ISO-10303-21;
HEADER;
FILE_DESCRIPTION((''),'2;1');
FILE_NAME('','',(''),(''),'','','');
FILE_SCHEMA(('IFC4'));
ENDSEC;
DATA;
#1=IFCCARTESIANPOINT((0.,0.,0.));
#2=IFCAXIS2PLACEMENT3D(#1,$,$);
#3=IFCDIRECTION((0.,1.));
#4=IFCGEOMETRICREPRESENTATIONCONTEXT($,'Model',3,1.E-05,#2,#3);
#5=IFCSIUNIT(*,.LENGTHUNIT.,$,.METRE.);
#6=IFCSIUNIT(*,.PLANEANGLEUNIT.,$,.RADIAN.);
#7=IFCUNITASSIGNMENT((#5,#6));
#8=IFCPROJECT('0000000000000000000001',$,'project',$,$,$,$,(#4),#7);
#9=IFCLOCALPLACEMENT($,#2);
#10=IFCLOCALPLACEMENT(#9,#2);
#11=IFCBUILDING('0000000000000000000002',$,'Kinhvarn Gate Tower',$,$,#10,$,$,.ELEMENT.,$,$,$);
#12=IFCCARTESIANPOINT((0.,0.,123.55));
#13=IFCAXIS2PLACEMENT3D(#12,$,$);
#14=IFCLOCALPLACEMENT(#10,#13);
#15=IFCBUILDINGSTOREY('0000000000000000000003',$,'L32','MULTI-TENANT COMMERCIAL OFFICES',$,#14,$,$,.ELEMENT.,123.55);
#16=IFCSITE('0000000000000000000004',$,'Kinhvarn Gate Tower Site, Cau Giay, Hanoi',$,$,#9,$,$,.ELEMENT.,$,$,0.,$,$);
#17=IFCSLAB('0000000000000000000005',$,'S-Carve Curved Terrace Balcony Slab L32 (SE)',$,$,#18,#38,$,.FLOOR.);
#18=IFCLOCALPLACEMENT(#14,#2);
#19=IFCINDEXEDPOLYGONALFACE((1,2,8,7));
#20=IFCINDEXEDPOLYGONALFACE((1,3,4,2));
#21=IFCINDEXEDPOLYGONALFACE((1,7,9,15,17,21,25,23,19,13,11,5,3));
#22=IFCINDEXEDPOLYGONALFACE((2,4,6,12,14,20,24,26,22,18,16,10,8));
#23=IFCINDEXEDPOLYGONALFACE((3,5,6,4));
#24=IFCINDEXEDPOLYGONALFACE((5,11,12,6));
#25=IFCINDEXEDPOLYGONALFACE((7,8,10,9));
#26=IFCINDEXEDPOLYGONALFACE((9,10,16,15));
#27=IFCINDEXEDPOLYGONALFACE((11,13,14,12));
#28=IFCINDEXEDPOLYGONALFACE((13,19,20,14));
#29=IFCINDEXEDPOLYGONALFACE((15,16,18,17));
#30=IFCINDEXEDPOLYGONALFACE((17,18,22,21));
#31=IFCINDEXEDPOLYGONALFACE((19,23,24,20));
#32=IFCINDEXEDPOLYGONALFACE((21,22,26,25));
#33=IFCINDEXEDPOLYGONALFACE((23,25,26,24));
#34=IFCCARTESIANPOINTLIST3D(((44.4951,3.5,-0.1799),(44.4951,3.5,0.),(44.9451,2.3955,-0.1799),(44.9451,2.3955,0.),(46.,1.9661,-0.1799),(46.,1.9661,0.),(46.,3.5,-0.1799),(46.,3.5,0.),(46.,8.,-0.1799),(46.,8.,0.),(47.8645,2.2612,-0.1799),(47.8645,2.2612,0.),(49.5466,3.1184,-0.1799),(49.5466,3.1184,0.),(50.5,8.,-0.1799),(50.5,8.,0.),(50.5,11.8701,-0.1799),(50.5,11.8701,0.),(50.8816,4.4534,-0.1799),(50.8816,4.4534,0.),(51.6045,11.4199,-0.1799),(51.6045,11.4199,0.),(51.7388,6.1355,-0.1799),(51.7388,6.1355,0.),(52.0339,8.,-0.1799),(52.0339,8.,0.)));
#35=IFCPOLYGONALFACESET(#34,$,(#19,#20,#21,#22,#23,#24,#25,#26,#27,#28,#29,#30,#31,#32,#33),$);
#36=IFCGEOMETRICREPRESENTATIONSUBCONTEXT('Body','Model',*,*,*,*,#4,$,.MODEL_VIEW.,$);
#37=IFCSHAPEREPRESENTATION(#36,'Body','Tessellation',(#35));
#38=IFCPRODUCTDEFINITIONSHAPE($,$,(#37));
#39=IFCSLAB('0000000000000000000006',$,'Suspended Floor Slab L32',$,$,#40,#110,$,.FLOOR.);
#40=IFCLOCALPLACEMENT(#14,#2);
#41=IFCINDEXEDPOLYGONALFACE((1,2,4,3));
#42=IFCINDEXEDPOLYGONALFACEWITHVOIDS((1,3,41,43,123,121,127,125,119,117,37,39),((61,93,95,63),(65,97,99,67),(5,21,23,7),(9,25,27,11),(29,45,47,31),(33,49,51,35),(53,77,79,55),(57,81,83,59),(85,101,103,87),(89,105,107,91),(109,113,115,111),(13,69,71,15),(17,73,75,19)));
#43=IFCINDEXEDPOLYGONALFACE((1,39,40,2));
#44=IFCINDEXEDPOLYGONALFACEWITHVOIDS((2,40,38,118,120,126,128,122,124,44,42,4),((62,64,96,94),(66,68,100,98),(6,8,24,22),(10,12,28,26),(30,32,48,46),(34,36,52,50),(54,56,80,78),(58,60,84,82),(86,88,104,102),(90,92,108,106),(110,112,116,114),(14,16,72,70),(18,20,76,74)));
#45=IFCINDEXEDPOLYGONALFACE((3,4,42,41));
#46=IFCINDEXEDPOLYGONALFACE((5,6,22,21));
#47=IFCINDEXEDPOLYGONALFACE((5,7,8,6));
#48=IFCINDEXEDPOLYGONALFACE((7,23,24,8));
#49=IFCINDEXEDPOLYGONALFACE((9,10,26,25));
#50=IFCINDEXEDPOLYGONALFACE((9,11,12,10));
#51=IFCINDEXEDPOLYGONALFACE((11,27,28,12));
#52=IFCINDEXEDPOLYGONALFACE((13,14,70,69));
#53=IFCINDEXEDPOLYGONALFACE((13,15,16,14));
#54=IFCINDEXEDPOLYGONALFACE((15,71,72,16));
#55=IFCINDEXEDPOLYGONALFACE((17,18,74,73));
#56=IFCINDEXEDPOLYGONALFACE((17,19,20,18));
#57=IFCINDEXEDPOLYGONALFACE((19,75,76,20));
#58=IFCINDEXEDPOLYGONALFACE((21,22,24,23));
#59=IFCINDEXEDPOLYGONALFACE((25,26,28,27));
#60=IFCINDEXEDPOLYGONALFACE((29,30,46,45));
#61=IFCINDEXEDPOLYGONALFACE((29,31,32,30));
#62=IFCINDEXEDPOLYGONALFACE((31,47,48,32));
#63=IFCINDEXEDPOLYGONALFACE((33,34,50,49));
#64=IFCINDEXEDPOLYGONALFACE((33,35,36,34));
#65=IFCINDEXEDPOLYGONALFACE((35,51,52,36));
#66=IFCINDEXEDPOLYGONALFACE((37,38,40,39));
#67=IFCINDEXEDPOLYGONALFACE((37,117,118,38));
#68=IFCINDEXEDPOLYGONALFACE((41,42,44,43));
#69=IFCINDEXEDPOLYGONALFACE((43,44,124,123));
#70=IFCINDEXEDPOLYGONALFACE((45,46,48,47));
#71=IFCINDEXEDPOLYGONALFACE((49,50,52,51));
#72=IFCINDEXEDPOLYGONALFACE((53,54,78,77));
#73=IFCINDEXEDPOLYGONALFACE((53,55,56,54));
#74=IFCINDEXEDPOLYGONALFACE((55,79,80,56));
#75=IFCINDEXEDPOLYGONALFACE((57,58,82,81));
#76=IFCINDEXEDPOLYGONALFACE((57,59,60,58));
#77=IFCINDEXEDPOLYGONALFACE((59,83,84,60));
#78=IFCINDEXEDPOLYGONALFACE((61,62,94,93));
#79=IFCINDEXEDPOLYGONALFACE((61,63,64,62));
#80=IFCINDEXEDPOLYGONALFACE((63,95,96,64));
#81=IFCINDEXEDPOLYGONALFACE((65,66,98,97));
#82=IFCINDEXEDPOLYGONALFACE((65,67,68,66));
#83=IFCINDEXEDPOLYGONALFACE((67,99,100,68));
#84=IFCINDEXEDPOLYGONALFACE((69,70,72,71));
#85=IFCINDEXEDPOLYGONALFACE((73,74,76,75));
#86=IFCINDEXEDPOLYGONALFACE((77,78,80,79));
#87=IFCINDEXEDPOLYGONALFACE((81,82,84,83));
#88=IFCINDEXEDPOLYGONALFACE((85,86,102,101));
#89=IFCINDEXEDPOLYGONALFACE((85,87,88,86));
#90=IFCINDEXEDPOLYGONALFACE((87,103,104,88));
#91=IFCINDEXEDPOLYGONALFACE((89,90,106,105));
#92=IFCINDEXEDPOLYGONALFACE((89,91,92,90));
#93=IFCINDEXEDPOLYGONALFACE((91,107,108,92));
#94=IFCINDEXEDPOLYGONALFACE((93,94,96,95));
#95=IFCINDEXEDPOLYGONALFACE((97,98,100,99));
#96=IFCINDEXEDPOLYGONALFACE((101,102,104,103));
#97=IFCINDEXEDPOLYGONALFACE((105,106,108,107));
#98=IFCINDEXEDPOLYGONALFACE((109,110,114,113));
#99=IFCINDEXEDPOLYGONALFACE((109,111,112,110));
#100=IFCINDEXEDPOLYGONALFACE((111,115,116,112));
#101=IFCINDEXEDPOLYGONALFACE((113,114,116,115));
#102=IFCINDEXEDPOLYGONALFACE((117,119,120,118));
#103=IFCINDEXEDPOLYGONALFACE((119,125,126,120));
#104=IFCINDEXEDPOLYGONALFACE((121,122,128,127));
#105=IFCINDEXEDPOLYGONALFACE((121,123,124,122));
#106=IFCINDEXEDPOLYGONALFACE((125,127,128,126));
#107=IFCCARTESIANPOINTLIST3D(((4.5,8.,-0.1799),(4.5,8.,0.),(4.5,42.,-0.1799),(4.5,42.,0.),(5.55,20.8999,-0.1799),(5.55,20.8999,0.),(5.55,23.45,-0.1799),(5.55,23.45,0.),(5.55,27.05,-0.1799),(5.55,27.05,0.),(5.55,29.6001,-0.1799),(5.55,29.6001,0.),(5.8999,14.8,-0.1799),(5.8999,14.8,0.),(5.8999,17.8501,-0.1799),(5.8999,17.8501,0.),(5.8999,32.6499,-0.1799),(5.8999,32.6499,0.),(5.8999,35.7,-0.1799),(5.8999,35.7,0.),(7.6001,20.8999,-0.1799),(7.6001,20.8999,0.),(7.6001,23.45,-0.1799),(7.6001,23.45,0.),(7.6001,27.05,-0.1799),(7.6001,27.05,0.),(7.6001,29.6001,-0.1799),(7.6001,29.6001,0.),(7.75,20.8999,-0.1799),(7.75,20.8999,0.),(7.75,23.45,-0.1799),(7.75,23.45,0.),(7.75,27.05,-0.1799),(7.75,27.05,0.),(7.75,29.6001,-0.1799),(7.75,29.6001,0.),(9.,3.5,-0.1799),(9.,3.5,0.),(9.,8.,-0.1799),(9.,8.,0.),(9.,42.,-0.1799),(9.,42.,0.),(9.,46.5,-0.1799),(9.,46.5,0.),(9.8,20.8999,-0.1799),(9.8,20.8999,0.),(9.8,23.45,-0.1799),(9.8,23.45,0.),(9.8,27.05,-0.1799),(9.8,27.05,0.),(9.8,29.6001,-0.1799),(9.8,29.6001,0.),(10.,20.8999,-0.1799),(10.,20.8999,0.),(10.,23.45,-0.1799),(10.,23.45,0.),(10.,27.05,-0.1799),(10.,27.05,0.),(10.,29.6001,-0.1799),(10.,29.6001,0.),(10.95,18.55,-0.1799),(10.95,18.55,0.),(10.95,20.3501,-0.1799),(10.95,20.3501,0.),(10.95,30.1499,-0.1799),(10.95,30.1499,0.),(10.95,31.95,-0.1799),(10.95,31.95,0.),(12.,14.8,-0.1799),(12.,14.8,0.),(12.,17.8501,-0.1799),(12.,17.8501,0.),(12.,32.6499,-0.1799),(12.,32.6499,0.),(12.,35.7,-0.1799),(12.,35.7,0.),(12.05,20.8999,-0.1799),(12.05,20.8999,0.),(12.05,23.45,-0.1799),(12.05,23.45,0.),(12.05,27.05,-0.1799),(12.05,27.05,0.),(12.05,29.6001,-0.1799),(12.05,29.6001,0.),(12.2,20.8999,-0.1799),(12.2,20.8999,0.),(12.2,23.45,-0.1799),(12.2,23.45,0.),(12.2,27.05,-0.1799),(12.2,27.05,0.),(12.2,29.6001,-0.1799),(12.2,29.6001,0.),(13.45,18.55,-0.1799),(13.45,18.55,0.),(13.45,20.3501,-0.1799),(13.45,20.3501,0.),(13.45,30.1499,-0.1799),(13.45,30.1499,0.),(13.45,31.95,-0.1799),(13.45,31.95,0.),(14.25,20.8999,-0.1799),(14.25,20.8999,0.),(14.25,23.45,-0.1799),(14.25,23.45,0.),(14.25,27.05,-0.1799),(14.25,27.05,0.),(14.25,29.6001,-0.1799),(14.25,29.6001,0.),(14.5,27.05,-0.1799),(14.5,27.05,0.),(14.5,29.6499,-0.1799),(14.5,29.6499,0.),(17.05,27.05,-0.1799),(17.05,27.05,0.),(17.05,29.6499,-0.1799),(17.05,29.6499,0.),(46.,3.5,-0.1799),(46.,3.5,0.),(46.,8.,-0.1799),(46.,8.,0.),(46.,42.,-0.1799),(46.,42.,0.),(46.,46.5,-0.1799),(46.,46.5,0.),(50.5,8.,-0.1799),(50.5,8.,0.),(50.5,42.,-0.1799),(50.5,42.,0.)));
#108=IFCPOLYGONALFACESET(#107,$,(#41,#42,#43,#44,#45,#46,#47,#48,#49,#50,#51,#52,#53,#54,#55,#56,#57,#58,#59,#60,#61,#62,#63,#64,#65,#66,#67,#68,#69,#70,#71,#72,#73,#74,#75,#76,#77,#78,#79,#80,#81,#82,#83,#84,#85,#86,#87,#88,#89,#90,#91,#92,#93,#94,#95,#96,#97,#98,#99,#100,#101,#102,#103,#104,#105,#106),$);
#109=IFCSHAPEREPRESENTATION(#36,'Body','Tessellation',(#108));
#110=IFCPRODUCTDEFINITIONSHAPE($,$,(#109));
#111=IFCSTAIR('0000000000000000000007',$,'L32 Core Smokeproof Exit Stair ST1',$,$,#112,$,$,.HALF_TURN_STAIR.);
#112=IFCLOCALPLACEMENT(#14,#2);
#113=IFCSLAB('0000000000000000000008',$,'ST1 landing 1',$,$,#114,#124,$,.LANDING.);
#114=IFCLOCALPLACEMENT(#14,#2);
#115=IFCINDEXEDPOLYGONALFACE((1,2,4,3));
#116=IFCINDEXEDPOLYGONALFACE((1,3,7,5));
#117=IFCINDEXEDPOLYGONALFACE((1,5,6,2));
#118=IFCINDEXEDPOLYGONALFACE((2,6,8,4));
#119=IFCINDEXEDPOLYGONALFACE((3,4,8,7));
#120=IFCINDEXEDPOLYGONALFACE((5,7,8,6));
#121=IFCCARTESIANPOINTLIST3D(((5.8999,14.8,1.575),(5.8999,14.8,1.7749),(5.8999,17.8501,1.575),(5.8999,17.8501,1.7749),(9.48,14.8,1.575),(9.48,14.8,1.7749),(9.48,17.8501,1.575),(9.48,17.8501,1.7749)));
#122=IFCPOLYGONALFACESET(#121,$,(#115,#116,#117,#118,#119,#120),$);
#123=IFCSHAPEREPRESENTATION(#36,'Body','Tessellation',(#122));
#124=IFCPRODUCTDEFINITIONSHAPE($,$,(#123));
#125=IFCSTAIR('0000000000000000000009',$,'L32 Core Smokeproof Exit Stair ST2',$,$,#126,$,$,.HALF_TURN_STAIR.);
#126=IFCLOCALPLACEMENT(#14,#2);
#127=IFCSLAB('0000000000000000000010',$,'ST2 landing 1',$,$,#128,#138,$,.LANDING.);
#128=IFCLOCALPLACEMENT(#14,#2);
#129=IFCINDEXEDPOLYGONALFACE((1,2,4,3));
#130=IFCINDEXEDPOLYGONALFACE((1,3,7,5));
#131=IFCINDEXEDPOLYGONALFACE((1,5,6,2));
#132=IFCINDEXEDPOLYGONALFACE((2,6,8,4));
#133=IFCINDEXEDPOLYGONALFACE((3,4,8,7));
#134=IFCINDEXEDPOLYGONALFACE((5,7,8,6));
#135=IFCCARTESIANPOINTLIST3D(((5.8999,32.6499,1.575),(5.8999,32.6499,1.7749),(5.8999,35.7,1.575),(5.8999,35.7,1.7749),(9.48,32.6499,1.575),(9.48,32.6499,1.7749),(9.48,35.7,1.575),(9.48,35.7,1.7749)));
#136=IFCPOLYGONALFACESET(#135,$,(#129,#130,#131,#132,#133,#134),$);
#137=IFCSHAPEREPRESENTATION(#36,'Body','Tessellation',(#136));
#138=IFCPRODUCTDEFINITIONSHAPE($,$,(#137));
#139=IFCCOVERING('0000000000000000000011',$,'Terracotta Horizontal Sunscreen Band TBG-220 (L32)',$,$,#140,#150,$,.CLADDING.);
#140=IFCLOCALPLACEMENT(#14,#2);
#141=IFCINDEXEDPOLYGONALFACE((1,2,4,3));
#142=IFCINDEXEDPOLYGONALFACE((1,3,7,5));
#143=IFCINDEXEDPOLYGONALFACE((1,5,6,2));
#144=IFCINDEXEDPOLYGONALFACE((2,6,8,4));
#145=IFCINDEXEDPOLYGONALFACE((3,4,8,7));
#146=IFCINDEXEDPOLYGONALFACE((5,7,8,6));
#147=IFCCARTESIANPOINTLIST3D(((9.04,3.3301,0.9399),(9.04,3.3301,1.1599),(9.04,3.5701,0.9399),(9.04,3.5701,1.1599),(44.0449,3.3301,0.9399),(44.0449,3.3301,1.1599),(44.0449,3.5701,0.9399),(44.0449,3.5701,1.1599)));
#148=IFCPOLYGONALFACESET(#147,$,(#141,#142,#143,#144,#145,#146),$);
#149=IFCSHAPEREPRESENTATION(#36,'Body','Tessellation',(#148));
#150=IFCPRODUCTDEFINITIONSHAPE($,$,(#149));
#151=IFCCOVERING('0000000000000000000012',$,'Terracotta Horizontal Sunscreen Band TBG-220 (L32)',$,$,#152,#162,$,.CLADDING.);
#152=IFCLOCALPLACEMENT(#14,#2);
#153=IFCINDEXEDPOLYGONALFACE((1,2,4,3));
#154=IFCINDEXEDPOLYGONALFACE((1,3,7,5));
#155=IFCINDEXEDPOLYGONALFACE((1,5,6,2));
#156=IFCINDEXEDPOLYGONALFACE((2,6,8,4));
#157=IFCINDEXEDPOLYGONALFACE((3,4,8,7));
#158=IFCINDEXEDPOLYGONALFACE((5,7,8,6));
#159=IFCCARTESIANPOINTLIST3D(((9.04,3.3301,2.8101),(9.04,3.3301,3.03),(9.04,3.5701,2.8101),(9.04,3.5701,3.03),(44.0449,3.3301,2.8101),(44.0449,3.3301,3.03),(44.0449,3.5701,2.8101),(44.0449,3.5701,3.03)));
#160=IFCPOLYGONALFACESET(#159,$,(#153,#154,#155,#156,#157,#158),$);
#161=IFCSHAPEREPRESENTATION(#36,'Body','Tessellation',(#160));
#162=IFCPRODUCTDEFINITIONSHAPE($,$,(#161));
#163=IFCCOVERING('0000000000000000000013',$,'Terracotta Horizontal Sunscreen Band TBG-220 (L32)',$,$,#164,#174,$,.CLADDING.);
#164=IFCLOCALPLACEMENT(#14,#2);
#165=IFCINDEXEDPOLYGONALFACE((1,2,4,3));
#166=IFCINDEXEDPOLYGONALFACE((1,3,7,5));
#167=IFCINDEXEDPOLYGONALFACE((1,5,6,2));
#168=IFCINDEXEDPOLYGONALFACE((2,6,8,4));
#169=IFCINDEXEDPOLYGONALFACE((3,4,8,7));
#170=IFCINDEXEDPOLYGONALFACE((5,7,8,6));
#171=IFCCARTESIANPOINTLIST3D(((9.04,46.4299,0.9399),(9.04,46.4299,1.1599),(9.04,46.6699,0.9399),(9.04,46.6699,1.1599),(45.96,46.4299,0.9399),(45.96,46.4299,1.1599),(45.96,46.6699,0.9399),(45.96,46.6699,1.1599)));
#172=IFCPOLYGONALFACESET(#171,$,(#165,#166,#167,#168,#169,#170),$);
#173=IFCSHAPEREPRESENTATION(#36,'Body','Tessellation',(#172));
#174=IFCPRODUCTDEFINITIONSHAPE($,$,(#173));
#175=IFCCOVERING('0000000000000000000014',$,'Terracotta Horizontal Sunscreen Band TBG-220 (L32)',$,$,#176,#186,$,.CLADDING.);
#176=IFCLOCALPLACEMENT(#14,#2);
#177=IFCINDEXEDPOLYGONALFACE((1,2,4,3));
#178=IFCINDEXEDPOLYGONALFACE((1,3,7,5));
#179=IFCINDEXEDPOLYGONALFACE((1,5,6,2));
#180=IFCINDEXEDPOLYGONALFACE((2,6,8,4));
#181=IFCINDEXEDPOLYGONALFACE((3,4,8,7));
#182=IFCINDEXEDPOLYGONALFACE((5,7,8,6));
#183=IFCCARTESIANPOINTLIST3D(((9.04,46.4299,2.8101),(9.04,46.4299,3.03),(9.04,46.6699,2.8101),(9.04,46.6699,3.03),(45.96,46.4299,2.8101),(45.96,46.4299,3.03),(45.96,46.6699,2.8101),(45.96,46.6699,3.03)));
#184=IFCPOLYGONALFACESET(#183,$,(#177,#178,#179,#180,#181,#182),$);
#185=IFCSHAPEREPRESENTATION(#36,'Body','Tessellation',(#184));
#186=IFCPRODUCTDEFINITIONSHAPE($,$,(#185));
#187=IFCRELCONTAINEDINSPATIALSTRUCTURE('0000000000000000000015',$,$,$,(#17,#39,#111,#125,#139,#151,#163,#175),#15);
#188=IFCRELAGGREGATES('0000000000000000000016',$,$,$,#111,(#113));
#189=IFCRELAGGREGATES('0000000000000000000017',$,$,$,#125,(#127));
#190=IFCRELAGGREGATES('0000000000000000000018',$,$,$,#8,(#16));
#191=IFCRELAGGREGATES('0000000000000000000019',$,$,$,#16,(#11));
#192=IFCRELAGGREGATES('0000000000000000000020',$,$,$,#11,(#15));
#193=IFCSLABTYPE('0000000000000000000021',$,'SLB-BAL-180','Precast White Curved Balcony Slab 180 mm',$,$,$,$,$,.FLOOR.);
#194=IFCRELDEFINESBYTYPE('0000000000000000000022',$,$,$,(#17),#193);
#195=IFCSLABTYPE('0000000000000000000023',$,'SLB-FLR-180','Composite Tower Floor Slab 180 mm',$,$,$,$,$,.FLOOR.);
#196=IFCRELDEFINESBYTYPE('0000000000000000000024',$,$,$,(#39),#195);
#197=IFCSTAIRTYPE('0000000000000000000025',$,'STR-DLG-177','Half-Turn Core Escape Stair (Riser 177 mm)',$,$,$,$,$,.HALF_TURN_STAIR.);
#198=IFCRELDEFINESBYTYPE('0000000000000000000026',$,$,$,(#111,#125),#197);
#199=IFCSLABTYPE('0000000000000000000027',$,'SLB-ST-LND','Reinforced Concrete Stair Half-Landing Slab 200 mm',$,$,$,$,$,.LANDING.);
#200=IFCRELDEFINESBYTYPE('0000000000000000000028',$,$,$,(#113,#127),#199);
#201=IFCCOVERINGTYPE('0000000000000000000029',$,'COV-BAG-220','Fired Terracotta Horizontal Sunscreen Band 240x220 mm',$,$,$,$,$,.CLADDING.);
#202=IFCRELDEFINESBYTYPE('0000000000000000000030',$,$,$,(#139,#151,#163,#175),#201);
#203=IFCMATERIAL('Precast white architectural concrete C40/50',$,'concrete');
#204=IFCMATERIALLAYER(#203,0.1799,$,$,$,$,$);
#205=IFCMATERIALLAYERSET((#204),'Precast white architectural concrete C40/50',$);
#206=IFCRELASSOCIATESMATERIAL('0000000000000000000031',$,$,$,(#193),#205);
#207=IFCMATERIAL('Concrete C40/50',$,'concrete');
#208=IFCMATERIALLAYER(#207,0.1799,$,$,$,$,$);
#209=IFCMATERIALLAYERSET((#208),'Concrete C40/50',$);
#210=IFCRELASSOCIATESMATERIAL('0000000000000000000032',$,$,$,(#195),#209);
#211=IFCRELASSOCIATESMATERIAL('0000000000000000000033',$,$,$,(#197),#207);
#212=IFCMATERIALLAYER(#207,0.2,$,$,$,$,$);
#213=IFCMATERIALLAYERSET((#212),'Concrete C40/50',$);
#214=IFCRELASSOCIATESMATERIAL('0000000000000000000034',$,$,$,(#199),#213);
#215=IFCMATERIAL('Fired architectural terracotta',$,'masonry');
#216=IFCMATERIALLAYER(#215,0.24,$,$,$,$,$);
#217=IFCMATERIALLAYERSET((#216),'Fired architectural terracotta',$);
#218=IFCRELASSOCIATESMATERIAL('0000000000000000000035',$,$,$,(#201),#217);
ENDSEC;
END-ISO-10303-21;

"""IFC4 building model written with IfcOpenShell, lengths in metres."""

from ifc_helpers import new_model, si_unit, direction, frame, origin, place, context, subcontext, project, spatial, polyline, outline, extrude, material, layer, layer_set, type_object, element, aggregate, save


model = new_model("IFC4")

# Units and contexts
model_context = context("Model", 3, precision=1e-05, world=origin(), true_north=direction((0.0, 1.0)))
body_context = subcontext(model_context, "Body", "Model", "MODEL_VIEW")
ifc_project = project(units=[si_unit("LENGTHUNIT", "METRE"), si_unit("PLANEANGLEUNIT", "RADIAN")], contexts=[model_context])

# Site, building, storey
site_placement = place(None, origin())
site = spatial("IfcSite", under=ifc_project, at=site_placement, Name="Kinhvarn Gate Tower Site, Cau Giay, Hanoi", CompositionType="ELEMENT", RefElevation=0.0)
building_placement = place(site_placement, origin())
building = spatial("IfcBuilding", under=site, at=building_placement, Name="Kinhvarn Gate Tower", CompositionType="ELEMENT")
storey_placement = place(building_placement, frame((0.0, 0.0, 123.55)))
storey = spatial("IfcBuildingStorey", under=building, at=storey_placement, Name="L32", Description="MULTI-TENANT COMMERCIAL OFFICES", CompositionType="ELEMENT", Elevation=123.55)

# Slabs
ifc_material_1 = material(Name="Precast white architectural concrete C40/50", Category="concrete")
ifc_layer_1 = layer(ifc_material_1, 0.1799)
ifc_layer_set_1 = layer_set([ifc_layer_1], Name="Precast white architectural concrete C40/50")
slab_type_1 = type_object("IfcSlabType", Name="SLB-BAL-180", Description="Precast White Curved Balcony Slab 180 mm", PredefinedType="FLOOR", material=ifc_layer_set_1)
slab_1_placement = place(storey_placement, frame((0.0, 0.0, -0.1799)))
element("IfcSlab", 1, at=slab_1_placement, inside=storey, type_object=slab_type_1, Name="S-Carve Curved Terrace Balcony Slab L32 (SE)", PredefinedType="FLOOR", context=body_context, shape_type="SweptSolid", body=[
    extrude(outline(polyline([(44.4951, 3.5), (44.9451, 2.3955), (46.0, 1.9661), (47.8645, 2.2612), (49.5466, 3.1184), (50.8816, 4.4534), (51.7388, 6.1355), (52.0339, 8.0), (51.6045, 11.4199), (50.5, 11.8701), (50.5, 8.0), (46.0, 8.0), (46.0, 3.5), (44.4951, 3.5)])), origin(), (0.0, 0.0, 1.0), 0.1799),
])
ifc_material_2 = material(Name="Concrete C40/50", Category="concrete")
ifc_layer_2 = layer(ifc_material_2, 0.1799)
ifc_layer_set_2 = layer_set([ifc_layer_2], Name="Concrete C40/50")
slab_type_2 = type_object("IfcSlabType", Name="SLB-FLR-180", Description="Composite Tower Floor Slab 180 mm", PredefinedType="FLOOR", material=ifc_layer_set_2)
slab_2_placement = place(storey_placement, frame((0.0, 0.0, -0.1799)))
element("IfcSlab", 2, at=slab_2_placement, inside=storey, type_object=slab_type_2, Name="Suspended Floor Slab L32", PredefinedType="FLOOR", context=body_context, shape_type="SweptSolid", body=[
    extrude(outline(polyline([(9.0, 3.5), (46.0, 3.5), (46.0, 8.0), (50.5, 8.0), (50.5, 42.0), (46.0, 42.0), (46.0, 46.5), (9.0, 46.5), (9.0, 42.0), (4.5, 42.0), (4.5, 8.0), (9.0, 8.0), (9.0, 3.5)]), holes=[polyline([(5.8999, 14.8), (12.0, 14.8), (12.0, 17.8501), (5.8999, 17.8501), (5.8999, 14.8)]), polyline([(5.8999, 32.6499), (12.0, 32.6499), (12.0, 35.7), (5.8999, 35.7), (5.8999, 32.6499)]), polyline([(5.55, 20.8999), (7.6001, 20.8999), (7.6001, 23.45), (5.55, 23.45), (5.55, 20.8999)]), polyline([(7.75, 20.8999), (9.8, 20.8999), (9.8, 23.45), (7.75, 23.45), (7.75, 20.8999)]), polyline([(5.55, 27.05), (7.6001, 27.05), (7.6001, 29.6001), (5.55, 29.6001), (5.55, 27.05)]), polyline([(7.75, 27.05), (9.8, 27.05), (9.8, 29.6001), (7.75, 29.6001), (7.75, 27.05)]), polyline([(10.0, 20.8999), (12.05, 20.8999), (12.05, 23.45), (10.0, 23.45), (10.0, 20.8999)]), polyline([(12.2, 20.8999), (14.25, 20.8999), (14.25, 23.45), (12.2, 23.45), (12.2, 20.8999)]), polyline([(10.0, 27.05), (12.05, 27.05), (12.05, 29.6001), (10.0, 29.6001), (10.0, 27.05)]), polyline([(12.2, 27.05), (14.25, 27.05), (14.25, 29.6001), (12.2, 29.6001), (12.2, 27.05)]), polyline([(14.5, 27.05), (17.05, 27.05), (17.05, 29.6499), (14.5, 29.6499), (14.5, 27.05)]), polyline([(10.95, 18.55), (13.45, 18.55), (13.45, 20.3501), (10.95, 20.3501), (10.95, 18.55)]), polyline([(10.95, 30.1499), (13.45, 30.1499), (13.45, 31.95), (10.95, 31.95), (10.95, 30.1499)])]), origin(), (0.0, 0.0, 1.0), 0.1799),
])

# Stairs, slabs
stair_type = type_object("IfcStairType", Name="STR-DLG-177", Description="Half-Turn Core Escape Stair (Riser 177 mm)", PredefinedType="HALF_TURN_STAIR", material=ifc_material_2)
stair_1_placement = place(storey_placement, origin())
stair_1 = element("IfcStair", 3, at=stair_1_placement, inside=storey, type_object=stair_type, Name="L32 Core Smokeproof Exit Stair ST1", PredefinedType="HALF_TURN_STAIR")
ifc_layer_3 = layer(ifc_material_2, 0.2)
ifc_layer_set_3 = layer_set([ifc_layer_3], Name="Concrete C40/50")
slab_type_3 = type_object("IfcSlabType", Name="SLB-ST-LND", Description="Reinforced Concrete Stair Half-Landing Slab 200 mm", PredefinedType="LANDING", material=ifc_layer_set_3)
slab_3_placement = place(storey_placement, frame((0.0, 0.0, 1.575)))
slab_3 = element("IfcSlab", 4, at=slab_3_placement, type_object=slab_type_3, Name="ST1 landing 1", PredefinedType="LANDING", context=body_context, shape_type="SweptSolid", body=[
    extrude(outline(polyline([(9.48, 17.8501), (5.8999, 17.8501), (5.8999, 14.8), (9.48, 14.8), (9.48, 17.8501)])), origin(), (0.0, 0.0, 1.0), 0.2),
])
aggregate(stair_1, [slab_3])
stair_2_placement = place(storey_placement, origin())
stair_2 = element("IfcStair", 5, at=stair_2_placement, inside=storey, type_object=stair_type, Name="L32 Core Smokeproof Exit Stair ST2", PredefinedType="HALF_TURN_STAIR")
slab_4_placement = place(storey_placement, frame((0.0, 0.0, 1.575)))
slab_4 = element("IfcSlab", 6, at=slab_4_placement, type_object=slab_type_3, Name="ST2 landing 1", PredefinedType="LANDING", context=body_context, shape_type="SweptSolid", body=[
    extrude(outline(polyline([(9.48, 35.7), (5.8999, 35.7), (5.8999, 32.6499), (9.48, 32.6499), (9.48, 35.7)])), origin(), (0.0, 0.0, 1.0), 0.2),
])
aggregate(stair_2, [slab_4])

# Coverings
ifc_material_3 = material(Name="Fired architectural terracotta", Category="masonry")
ifc_layer_4 = layer(ifc_material_3, 0.24)
ifc_layer_set_4 = layer_set([ifc_layer_4], Name="Fired architectural terracotta")
covering_type_1 = type_object("IfcCoveringType", Name="COV-BAG-220", Description="Fired Terracotta Horizontal Sunscreen Band 240x220 mm", PredefinedType="CLADDING", material=ifc_layer_set_4)
for number, where, name in (
    (7, (0.0, 0.0, 0.9399), "Terracotta Horizontal Sunscreen Band TBG-220 (L32)"),
    (8, (0.0, 0.0, 2.8101), "Terracotta Horizontal Sunscreen Band TBG-220 (L32)"),
):
    element("IfcCovering", number, at=place(storey_placement, frame(where)), inside=storey, type_object=covering_type_1, Name=name, PredefinedType="CLADDING", context=body_context, shape_type="SweptSolid", body=[
        extrude(outline(polyline([(9.04, 3.5701), (44.0449, 3.5701), (44.0449, 3.3301), (9.04, 3.3301), (9.04, 3.5701)])), origin(), (0.0, 0.0, 1.0), 0.22),
    ])
for number, where, name in (
    (9, (0.0, 0.0, 0.9399), "Terracotta Horizontal Sunscreen Band TBG-220 (L32)"),
    (10, (0.0, 0.0, 2.8101), "Terracotta Horizontal Sunscreen Band TBG-220 (L32)"),
):
    element("IfcCovering", number, at=place(storey_placement, frame(where)), inside=storey, type_object=covering_type_1, Name=name, PredefinedType="CLADDING", context=body_context, shape_type="SweptSolid", body=[
        extrude(outline(polyline([(45.96, 46.4299), (9.04, 46.4299), (9.04, 46.6699), (45.96, 46.6699), (45.96, 46.4299)])), origin(), (0.0, 0.0, 1.0), 0.22),
    ])

save(model, "model.ifc")
